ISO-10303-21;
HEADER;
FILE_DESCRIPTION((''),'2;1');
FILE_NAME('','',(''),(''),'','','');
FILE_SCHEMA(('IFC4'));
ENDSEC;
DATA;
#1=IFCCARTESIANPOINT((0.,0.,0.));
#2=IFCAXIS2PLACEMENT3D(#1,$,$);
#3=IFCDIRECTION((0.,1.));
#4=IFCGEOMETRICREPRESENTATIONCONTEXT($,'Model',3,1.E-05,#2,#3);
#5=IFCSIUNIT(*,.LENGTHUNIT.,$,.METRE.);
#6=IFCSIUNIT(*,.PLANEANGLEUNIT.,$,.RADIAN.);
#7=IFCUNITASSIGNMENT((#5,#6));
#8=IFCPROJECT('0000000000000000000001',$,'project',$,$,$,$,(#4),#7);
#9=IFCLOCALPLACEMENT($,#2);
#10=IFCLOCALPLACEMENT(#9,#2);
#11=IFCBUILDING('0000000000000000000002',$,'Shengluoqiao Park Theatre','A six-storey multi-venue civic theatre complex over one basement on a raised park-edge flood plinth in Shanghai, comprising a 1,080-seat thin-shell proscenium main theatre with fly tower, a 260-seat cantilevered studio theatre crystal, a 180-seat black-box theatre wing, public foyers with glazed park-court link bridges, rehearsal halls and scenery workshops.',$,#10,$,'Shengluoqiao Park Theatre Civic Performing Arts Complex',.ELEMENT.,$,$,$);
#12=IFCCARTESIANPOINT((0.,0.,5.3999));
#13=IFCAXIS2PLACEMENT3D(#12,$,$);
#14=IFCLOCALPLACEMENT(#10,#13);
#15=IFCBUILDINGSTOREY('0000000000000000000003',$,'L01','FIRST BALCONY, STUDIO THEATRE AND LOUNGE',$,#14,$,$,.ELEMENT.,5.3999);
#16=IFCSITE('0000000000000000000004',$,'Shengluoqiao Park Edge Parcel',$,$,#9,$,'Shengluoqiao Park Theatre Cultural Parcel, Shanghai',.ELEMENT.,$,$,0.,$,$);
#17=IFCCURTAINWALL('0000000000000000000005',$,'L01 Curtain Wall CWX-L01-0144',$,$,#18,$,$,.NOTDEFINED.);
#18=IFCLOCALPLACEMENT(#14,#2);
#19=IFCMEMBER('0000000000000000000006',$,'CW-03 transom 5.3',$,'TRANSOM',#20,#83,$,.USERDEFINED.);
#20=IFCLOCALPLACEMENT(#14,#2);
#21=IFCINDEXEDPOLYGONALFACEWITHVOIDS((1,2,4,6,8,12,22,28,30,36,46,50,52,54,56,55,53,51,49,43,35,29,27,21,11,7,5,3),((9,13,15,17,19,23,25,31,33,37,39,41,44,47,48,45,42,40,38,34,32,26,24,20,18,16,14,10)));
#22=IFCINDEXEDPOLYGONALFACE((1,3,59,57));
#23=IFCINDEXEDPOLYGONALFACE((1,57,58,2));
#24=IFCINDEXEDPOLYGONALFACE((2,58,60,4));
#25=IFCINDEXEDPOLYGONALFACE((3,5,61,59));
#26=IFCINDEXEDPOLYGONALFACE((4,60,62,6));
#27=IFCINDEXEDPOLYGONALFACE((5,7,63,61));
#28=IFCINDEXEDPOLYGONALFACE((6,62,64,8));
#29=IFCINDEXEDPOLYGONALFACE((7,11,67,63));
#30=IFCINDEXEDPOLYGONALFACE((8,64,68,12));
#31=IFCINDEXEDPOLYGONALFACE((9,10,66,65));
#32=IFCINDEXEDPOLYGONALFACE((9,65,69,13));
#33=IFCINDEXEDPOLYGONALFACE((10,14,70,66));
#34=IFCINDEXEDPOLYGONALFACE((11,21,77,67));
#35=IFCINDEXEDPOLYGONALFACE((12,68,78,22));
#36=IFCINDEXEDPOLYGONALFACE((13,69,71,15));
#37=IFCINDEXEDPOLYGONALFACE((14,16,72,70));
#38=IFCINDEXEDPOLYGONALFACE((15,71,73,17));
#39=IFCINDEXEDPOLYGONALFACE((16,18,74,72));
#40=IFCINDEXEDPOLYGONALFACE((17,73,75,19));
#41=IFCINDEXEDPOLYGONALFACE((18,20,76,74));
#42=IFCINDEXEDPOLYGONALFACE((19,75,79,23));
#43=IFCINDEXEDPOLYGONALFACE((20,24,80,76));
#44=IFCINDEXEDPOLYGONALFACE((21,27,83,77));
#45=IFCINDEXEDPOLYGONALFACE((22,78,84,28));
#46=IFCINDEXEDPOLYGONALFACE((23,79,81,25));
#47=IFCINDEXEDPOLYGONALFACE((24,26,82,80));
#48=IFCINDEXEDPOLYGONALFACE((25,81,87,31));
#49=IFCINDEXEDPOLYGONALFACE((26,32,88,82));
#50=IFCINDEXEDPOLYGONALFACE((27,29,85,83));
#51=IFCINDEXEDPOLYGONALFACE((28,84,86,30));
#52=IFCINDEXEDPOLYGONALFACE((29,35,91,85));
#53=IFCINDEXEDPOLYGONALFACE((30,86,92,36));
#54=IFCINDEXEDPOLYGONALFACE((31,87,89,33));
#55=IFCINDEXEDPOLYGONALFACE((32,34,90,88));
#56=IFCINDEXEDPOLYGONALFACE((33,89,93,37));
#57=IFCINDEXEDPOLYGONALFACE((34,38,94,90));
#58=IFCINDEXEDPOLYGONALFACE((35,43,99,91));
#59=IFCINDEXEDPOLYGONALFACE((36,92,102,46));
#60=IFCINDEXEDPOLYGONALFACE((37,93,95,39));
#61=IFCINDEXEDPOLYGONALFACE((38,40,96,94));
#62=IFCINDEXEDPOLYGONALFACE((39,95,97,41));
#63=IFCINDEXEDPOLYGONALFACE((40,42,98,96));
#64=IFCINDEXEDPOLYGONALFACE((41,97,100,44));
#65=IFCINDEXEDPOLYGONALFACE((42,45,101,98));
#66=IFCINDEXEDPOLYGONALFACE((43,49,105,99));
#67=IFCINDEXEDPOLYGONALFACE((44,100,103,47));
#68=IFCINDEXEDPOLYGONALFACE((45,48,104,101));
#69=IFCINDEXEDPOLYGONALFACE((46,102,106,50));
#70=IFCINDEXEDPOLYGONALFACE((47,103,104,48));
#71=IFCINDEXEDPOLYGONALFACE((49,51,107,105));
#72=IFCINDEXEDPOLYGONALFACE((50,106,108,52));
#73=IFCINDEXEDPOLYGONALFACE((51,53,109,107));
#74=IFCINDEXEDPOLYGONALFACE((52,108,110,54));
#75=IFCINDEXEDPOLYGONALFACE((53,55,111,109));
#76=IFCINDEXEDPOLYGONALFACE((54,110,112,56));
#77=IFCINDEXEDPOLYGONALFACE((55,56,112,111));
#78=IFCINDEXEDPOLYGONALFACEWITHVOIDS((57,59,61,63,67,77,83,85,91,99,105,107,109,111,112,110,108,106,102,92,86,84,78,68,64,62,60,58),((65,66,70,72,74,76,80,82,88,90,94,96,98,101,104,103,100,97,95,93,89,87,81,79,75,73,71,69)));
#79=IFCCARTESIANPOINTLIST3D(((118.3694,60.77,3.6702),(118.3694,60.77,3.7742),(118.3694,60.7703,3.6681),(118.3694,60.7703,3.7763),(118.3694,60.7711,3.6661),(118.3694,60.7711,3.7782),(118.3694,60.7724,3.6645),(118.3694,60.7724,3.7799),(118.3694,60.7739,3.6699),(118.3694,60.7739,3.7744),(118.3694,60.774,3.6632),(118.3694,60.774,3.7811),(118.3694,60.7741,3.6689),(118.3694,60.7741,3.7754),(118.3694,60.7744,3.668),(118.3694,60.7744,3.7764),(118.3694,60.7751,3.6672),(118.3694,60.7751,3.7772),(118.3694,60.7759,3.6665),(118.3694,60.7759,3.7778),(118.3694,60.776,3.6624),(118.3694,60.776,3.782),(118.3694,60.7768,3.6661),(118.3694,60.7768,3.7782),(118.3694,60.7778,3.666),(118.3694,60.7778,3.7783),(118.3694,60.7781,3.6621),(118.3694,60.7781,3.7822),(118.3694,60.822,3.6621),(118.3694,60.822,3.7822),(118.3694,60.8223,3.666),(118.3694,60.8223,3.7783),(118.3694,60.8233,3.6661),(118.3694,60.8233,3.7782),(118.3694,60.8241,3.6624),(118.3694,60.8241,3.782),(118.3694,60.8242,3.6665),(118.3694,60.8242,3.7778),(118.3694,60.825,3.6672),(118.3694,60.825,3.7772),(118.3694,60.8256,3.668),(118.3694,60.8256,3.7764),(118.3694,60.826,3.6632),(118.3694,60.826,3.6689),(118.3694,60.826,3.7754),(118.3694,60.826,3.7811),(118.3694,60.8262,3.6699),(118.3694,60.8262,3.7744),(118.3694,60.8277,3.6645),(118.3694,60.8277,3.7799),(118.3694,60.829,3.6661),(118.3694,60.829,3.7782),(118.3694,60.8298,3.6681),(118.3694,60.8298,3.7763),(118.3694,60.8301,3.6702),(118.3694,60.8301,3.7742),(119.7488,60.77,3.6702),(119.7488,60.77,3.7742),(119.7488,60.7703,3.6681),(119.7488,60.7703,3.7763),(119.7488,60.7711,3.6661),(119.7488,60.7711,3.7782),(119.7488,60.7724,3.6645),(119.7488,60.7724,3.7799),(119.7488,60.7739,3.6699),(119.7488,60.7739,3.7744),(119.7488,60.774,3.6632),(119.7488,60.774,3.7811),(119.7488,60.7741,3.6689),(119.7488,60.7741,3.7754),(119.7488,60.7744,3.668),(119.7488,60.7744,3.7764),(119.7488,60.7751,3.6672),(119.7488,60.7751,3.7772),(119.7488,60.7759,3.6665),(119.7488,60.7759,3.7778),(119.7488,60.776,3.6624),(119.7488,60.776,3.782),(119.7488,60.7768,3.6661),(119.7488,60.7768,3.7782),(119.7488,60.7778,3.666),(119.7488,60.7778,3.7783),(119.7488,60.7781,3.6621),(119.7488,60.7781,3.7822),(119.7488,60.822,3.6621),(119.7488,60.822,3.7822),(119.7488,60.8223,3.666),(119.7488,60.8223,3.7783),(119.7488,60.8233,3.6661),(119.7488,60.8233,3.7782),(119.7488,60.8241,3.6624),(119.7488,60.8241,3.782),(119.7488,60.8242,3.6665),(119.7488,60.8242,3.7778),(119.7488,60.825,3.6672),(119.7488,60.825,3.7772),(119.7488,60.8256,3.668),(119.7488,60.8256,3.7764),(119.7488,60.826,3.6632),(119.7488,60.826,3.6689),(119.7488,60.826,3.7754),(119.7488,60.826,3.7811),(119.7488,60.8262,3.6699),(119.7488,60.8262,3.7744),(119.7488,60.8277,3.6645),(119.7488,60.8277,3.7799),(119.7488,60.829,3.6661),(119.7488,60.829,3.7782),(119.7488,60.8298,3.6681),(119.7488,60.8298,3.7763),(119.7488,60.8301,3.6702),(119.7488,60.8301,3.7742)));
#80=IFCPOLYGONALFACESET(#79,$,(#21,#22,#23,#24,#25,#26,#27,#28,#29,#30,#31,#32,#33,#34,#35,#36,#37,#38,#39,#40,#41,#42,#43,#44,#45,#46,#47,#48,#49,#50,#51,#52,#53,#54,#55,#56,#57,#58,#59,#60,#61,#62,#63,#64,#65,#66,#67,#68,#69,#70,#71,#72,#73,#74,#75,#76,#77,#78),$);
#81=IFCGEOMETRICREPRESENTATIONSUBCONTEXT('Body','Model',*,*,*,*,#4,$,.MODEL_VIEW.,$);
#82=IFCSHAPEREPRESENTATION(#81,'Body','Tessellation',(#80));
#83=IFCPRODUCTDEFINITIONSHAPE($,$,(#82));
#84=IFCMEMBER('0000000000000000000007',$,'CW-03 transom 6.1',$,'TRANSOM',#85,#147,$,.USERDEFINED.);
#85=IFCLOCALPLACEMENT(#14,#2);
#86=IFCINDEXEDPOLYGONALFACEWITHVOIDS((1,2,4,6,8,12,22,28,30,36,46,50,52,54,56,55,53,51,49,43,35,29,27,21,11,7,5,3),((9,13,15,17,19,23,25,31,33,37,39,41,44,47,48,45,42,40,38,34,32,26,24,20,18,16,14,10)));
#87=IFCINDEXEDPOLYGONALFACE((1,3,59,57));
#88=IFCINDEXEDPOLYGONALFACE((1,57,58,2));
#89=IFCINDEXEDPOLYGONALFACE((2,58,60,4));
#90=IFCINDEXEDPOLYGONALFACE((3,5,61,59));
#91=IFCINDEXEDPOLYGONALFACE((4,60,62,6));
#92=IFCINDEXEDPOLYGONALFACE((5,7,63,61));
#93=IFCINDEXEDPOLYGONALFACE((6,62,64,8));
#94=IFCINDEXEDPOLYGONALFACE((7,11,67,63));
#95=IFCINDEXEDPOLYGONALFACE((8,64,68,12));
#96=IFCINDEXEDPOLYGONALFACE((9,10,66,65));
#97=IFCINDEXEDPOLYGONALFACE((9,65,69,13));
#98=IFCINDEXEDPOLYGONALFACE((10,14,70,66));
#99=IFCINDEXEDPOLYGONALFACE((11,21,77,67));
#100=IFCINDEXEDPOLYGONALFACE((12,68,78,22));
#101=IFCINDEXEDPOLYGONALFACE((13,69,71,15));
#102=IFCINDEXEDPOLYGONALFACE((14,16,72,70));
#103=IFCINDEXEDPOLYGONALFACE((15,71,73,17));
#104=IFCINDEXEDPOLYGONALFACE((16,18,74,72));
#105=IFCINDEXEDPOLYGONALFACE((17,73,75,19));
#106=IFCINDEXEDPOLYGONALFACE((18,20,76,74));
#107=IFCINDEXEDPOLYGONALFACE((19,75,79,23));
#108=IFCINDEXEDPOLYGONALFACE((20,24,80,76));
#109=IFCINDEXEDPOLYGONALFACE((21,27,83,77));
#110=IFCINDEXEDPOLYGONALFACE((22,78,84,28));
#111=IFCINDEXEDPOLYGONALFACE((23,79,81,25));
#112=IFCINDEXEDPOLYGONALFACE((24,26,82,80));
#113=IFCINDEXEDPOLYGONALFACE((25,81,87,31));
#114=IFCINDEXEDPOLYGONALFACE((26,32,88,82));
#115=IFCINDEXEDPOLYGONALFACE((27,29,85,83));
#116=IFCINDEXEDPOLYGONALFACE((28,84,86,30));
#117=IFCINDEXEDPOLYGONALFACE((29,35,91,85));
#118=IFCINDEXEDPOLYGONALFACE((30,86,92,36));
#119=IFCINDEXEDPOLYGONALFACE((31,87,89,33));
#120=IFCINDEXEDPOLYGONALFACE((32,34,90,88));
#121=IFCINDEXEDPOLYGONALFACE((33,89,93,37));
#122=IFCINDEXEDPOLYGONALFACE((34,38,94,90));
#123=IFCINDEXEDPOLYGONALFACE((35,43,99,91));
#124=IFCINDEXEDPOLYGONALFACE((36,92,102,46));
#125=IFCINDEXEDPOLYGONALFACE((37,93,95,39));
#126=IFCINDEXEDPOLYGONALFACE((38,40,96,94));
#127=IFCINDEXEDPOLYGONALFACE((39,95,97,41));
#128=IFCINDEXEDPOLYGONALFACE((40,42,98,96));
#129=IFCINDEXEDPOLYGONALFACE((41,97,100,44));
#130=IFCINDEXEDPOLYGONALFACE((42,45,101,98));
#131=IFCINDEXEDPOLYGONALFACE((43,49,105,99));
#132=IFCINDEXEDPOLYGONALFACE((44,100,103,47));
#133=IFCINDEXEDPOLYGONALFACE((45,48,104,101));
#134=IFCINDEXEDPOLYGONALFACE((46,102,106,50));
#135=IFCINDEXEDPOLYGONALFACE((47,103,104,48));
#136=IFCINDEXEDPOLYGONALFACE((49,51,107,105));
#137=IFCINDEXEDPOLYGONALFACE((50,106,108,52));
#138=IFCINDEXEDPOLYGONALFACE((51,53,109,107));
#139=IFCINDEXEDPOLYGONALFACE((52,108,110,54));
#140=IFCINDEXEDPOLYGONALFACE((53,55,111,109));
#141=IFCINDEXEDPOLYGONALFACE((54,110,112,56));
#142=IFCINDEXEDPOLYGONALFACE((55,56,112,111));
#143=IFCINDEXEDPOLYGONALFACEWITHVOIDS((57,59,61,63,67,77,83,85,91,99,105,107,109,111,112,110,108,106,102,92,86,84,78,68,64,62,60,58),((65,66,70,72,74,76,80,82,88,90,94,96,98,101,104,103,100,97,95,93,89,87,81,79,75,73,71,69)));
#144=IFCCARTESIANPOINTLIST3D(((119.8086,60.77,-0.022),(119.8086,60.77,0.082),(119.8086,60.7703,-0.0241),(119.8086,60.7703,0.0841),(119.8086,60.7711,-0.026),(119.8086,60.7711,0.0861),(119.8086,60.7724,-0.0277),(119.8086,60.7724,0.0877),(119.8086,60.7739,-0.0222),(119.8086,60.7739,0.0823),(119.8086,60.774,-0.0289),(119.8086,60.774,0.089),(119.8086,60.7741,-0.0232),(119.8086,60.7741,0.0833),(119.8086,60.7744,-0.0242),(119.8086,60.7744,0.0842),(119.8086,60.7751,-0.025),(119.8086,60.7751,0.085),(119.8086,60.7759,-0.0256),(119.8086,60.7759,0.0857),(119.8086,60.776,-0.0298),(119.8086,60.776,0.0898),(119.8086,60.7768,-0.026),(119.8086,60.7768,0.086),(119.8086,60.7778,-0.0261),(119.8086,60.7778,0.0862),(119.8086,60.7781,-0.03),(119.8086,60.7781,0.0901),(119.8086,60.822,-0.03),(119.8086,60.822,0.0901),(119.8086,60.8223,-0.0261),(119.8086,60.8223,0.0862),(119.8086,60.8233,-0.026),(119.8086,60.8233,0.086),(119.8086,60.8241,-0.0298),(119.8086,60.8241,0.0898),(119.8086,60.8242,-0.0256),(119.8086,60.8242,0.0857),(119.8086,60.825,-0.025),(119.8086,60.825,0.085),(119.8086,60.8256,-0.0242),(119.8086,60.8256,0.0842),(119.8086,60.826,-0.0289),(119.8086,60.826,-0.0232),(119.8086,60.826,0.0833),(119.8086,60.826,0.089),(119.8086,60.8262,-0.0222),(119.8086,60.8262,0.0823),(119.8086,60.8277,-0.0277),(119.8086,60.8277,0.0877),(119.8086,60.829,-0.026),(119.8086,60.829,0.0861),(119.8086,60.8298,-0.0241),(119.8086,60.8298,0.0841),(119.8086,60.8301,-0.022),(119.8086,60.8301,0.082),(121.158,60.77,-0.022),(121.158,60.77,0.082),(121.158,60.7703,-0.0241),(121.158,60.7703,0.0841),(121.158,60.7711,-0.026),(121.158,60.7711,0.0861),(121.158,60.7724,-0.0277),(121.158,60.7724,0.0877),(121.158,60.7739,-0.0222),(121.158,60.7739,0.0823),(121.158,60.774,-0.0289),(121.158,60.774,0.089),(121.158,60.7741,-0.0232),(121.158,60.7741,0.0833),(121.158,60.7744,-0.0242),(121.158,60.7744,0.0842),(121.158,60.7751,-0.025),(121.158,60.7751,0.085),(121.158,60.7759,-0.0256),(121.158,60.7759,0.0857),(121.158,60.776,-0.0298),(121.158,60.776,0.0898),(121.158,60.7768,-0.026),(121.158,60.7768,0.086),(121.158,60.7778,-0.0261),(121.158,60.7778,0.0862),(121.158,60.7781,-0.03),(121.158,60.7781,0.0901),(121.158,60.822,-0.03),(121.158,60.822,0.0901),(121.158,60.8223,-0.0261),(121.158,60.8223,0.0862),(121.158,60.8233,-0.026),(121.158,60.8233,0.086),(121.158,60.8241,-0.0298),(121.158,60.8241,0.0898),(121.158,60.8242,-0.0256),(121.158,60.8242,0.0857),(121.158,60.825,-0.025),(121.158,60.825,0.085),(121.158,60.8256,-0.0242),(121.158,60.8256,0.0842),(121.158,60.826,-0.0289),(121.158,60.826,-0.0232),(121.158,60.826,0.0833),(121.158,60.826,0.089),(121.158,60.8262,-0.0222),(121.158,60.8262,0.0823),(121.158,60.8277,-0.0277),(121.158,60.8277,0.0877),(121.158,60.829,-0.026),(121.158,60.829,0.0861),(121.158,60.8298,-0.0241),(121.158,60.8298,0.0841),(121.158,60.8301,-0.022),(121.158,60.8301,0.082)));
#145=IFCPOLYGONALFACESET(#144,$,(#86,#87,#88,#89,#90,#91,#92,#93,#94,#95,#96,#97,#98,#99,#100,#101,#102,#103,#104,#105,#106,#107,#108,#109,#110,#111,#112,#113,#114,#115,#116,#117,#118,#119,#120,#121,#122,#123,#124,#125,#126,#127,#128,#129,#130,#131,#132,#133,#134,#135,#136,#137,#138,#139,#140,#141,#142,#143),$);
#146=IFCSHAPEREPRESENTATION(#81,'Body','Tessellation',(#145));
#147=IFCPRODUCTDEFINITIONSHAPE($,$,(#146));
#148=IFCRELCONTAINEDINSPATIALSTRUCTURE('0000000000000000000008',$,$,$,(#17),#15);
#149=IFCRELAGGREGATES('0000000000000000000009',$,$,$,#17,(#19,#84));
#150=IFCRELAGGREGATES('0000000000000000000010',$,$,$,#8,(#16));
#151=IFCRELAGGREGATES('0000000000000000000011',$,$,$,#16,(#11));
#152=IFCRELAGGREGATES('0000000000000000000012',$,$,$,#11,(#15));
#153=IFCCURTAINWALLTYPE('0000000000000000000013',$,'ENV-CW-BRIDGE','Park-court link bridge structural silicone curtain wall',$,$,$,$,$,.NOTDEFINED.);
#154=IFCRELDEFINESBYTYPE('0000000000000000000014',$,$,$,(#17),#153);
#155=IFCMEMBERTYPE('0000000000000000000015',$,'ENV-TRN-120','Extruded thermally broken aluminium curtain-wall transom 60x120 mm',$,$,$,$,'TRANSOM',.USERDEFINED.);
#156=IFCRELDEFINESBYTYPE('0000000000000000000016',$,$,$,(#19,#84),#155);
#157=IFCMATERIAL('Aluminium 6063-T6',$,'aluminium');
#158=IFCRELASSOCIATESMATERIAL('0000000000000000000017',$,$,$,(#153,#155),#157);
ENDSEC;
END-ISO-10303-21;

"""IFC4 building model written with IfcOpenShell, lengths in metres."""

from ifc_helpers import new_model, si_unit, direction, frame, origin, origin_2d, place, context, subcontext, project, spatial, hollow_rectangle, extrude, material, material_profile, profile_set, type_object, element, aggregate, save


model = new_model("IFC4")

# Units and contexts
model_context = context("Model", 3, precision=1e-05, world=origin(), true_north=direction((0.0, 1.0)))
body_context = subcontext(model_context, "Body", "Model", "MODEL_VIEW")
ifc_project = project(units=[si_unit("LENGTHUNIT", "METRE"), si_unit("PLANEANGLEUNIT", "RADIAN")], contexts=[model_context])

# Site, building, storey
site_placement = place(None, origin())
site = spatial("IfcSite", under=ifc_project, at=site_placement, Name="Shengluoqiao Park Edge Parcel", LongName="Shengluoqiao Park Theatre Cultural Parcel, Shanghai", CompositionType="ELEMENT", RefElevation=0.0)
building_placement = place(site_placement, origin())
building = spatial("IfcBuilding", under=site, at=building_placement, Name="Shengluoqiao Park Theatre", Description="A six-storey multi-venue civic theatre complex over one basement on a raised park-edge flood plinth in Shanghai, comprising a 1,080-seat thin-shell proscenium main theatre with fly tower, a 260-seat cantilevered studio theatre crystal, a 180-seat black-box theatre wing, public foyers with glazed park-court link bridges, rehearsal halls and scenery workshops.", LongName="Shengluoqiao Park Theatre Civic Performing Arts Complex", CompositionType="ELEMENT")
storey_placement = place(building_placement, frame((0.0, 0.0, 5.3999)))
storey = spatial("IfcBuildingStorey", under=building, at=storey_placement, Name="L01", Description="FIRST BALCONY, STUDIO THEATRE AND LOUNGE", CompositionType="ELEMENT", Elevation=5.3999)

# Curtain wall
ifc_material_1 = material(Name="Aluminium 6063-T6", Category="aluminium")
curtain_wall_type = type_object("IfcCurtainWallType", Name="ENV-CW-BRIDGE", Description="Park-court link bridge structural silicone curtain wall", PredefinedType="NOTDEFINED", material=ifc_material_1)
curtain_wall_1_placement = place(storey_placement, origin())
curtain_wall_1 = element("IfcCurtainWall", 1, at=curtain_wall_1_placement, inside=storey, type_object=curtain_wall_type, Name="L01 Curtain Wall CWX-L01-0144", PredefinedType="NOTDEFINED")

# Members
ifc_material_profile_1 = material_profile(ifc_material_1, hollow_rectangle(XDim=0.0601, YDim=0.1201, WallThickness=0.0039, InnerFilletRadius=0.0039, OuterFilletRadius=0.0081, at=origin_2d()), Name="ALU TRANSOM 120x60x4")
ifc_profile_set_1 = profile_set([ifc_material_profile_1], Name="Aluminium 6063-T6")
member_type_1 = type_object("IfcMemberType", Name="ENV-TRN-120", Description="Extruded thermally broken aluminium curtain-wall transom 60x120 mm", ElementType="TRANSOM", PredefinedType="USERDEFINED", material=ifc_profile_set_1)
member_1_placement = place(storey_placement, frame((118.3694, 60.8, 3.7222), z_axis=(1.0, 0.0, 0.0), x_axis=(0.0, 1.0, 0.0)))
member_1 = element("IfcMember", 2, at=member_1_placement, type_object=member_type_1, Name="CW-03 transom 5.3", ObjectType="TRANSOM", PredefinedType="USERDEFINED", context=body_context, shape_type="SweptSolid", body=[
    extrude(hollow_rectangle(XDim=0.0601, YDim=0.1201, WallThickness=0.0039, InnerFilletRadius=0.0039, OuterFilletRadius=0.0081, at=origin_2d()), origin(), (0.0, 0.0, 1.0), 1.3794),
])
member_2_placement = place(storey_placement, frame((119.8086, 60.8, 0.03), z_axis=(1.0, 0.0, 0.0), x_axis=(0.0, 1.0, 0.0)))
member_2 = element("IfcMember", 3, at=member_2_placement, type_object=member_type_1, Name="CW-03 transom 6.1", ObjectType="TRANSOM", PredefinedType="USERDEFINED", context=body_context, shape_type="SweptSolid", body=[
    extrude(hollow_rectangle(XDim=0.0601, YDim=0.1201, WallThickness=0.0039, InnerFilletRadius=0.0039, OuterFilletRadius=0.0081, at=origin_2d()), origin(), (0.0, 0.0, 1.0), 1.3494),
])

aggregate(curtain_wall_1, [member_1, member_2])

save(model, "model.ifc")
